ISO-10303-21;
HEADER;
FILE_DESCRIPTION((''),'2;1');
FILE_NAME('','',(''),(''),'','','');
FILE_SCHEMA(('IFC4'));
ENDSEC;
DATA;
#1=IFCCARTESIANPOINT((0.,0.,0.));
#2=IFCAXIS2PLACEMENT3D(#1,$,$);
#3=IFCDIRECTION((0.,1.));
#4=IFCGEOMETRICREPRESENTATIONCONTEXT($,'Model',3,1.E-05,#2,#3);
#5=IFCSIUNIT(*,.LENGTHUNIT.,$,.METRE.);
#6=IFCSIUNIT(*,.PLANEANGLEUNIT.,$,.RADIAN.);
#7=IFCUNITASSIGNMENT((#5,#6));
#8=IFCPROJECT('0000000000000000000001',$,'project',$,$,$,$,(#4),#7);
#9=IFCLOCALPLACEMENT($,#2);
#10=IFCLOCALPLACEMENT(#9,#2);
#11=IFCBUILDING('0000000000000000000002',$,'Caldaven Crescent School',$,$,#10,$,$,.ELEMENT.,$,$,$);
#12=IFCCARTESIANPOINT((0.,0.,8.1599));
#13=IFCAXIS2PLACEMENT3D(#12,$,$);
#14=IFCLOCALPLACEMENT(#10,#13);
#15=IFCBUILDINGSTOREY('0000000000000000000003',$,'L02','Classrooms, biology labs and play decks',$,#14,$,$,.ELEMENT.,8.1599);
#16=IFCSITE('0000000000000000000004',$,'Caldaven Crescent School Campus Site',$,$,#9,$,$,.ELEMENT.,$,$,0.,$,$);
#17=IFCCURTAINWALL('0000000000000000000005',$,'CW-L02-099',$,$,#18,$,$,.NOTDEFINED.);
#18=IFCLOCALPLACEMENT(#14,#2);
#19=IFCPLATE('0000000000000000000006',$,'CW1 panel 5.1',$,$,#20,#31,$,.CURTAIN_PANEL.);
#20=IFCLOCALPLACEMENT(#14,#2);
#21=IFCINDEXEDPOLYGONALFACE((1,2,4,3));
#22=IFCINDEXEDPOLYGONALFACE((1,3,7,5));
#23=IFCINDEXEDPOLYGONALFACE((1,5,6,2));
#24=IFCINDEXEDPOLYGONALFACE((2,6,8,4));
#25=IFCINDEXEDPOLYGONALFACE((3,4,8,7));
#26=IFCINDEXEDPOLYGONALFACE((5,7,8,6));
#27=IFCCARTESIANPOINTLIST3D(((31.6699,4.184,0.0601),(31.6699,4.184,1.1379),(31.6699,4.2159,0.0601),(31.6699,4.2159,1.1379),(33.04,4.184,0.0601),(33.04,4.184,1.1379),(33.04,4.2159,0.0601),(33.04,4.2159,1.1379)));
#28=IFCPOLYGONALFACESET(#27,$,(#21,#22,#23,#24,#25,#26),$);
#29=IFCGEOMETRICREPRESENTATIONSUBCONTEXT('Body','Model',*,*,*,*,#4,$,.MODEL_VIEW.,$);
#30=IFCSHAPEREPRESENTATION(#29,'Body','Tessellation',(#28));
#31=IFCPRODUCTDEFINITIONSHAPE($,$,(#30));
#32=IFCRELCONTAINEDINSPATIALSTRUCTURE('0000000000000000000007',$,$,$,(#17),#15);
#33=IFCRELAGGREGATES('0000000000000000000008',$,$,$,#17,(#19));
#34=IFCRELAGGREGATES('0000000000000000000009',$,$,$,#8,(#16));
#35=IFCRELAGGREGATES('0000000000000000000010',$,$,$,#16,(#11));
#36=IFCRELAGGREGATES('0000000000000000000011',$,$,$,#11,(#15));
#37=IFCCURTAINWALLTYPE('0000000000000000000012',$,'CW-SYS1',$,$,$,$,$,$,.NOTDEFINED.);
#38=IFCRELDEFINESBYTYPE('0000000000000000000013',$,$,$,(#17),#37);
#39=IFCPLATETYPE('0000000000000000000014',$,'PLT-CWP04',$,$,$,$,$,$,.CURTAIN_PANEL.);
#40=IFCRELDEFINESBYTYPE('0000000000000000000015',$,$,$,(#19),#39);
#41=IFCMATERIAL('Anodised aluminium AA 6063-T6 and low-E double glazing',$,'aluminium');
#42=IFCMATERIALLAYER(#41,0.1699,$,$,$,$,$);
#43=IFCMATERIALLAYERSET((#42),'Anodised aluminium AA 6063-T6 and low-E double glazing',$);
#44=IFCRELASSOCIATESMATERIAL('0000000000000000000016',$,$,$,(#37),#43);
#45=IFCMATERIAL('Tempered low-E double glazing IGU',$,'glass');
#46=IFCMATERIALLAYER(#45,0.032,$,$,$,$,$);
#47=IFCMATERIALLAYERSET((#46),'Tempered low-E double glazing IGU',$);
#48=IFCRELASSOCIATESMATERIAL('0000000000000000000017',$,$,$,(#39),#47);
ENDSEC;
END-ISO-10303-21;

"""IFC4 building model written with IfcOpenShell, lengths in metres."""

from ifc_helpers import new_model, si_unit, direction, frame, origin, origin_2d, place, context, subcontext, project, spatial, rectangle, extrude, material, layer, layer_set, type_object, element, aggregate, save


model = new_model("IFC4")

# Units and contexts
model_context = context("Model", 3, precision=1e-05, world=origin(), true_north=direction((0.0, 1.0)))
body_context = subcontext(model_context, "Body", "Model", "MODEL_VIEW")
ifc_project = project(units=[si_unit("LENGTHUNIT", "METRE"), si_unit("PLANEANGLEUNIT", "RADIAN")], contexts=[model_context])

# Site, building, storey
site_placement = place(None, origin())
site = spatial("IfcSite", under=ifc_project, at=site_placement, Name="Caldaven Crescent School Campus Site", CompositionType="ELEMENT", RefElevation=0.0)
building_placement = place(site_placement, origin())
building = spatial("IfcBuilding", under=site, at=building_placement, Name="Caldaven Crescent School", CompositionType="ELEMENT")
storey_placement = place(building_placement, frame((0.0, 0.0, 8.1599)))
storey = spatial("IfcBuildingStorey", under=building, at=storey_placement, Name="L02", Description="Classrooms, biology labs and play decks", CompositionType="ELEMENT", Elevation=8.1599)

# Curtain wall, plate
ifc_material_1 = material(Name="Anodised aluminium AA 6063-T6 and low-E double glazing", Category="aluminium")
ifc_layer_1 = layer(ifc_material_1, 0.1699)
ifc_layer_set_1 = layer_set([ifc_layer_1], Name="Anodised aluminium AA 6063-T6 and low-E double glazing")
curtain_wall_type = type_object("IfcCurtainWallType", Name="CW-SYS1", PredefinedType="NOTDEFINED", material=ifc_layer_set_1)
curtain_wall_placement = place(storey_placement, origin())
curtain_wall = element("IfcCurtainWall", 1, at=curtain_wall_placement, inside=storey, type_object=curtain_wall_type, Name="CW-L02-099", PredefinedType="NOTDEFINED")
ifc_material_2 = material(Name="Tempered low-E double glazing IGU", Category="glass")
ifc_layer_2 = layer(ifc_material_2, 0.032)
ifc_layer_set_2 = layer_set([ifc_layer_2], Name="Tempered low-E double glazing IGU")
plate_type = type_object("IfcPlateType", Name="PLT-CWP04", PredefinedType="CURTAIN_PANEL", material=ifc_layer_set_2)
plate_1_placement = place(storey_placement, frame((32.355, 4.2, 0.0601), z_axis=(0.0, 0.0, 1.0), x_axis=(1.0, 0.0, 0.0)))
plate_1 = element("IfcPlate", 2, at=plate_1_placement, type_object=plate_type, Name="CW1 panel 5.1", PredefinedType="CURTAIN_PANEL", context=body_context, shape_type="SweptSolid", body=[
    extrude(rectangle(XDim=1.3701, YDim=0.032, at=origin_2d()), origin(), (0.0, 0.0, 1.0), 1.0779),
])
aggregate(curtain_wall, [plate_1])

save(model, "model.ifc")
